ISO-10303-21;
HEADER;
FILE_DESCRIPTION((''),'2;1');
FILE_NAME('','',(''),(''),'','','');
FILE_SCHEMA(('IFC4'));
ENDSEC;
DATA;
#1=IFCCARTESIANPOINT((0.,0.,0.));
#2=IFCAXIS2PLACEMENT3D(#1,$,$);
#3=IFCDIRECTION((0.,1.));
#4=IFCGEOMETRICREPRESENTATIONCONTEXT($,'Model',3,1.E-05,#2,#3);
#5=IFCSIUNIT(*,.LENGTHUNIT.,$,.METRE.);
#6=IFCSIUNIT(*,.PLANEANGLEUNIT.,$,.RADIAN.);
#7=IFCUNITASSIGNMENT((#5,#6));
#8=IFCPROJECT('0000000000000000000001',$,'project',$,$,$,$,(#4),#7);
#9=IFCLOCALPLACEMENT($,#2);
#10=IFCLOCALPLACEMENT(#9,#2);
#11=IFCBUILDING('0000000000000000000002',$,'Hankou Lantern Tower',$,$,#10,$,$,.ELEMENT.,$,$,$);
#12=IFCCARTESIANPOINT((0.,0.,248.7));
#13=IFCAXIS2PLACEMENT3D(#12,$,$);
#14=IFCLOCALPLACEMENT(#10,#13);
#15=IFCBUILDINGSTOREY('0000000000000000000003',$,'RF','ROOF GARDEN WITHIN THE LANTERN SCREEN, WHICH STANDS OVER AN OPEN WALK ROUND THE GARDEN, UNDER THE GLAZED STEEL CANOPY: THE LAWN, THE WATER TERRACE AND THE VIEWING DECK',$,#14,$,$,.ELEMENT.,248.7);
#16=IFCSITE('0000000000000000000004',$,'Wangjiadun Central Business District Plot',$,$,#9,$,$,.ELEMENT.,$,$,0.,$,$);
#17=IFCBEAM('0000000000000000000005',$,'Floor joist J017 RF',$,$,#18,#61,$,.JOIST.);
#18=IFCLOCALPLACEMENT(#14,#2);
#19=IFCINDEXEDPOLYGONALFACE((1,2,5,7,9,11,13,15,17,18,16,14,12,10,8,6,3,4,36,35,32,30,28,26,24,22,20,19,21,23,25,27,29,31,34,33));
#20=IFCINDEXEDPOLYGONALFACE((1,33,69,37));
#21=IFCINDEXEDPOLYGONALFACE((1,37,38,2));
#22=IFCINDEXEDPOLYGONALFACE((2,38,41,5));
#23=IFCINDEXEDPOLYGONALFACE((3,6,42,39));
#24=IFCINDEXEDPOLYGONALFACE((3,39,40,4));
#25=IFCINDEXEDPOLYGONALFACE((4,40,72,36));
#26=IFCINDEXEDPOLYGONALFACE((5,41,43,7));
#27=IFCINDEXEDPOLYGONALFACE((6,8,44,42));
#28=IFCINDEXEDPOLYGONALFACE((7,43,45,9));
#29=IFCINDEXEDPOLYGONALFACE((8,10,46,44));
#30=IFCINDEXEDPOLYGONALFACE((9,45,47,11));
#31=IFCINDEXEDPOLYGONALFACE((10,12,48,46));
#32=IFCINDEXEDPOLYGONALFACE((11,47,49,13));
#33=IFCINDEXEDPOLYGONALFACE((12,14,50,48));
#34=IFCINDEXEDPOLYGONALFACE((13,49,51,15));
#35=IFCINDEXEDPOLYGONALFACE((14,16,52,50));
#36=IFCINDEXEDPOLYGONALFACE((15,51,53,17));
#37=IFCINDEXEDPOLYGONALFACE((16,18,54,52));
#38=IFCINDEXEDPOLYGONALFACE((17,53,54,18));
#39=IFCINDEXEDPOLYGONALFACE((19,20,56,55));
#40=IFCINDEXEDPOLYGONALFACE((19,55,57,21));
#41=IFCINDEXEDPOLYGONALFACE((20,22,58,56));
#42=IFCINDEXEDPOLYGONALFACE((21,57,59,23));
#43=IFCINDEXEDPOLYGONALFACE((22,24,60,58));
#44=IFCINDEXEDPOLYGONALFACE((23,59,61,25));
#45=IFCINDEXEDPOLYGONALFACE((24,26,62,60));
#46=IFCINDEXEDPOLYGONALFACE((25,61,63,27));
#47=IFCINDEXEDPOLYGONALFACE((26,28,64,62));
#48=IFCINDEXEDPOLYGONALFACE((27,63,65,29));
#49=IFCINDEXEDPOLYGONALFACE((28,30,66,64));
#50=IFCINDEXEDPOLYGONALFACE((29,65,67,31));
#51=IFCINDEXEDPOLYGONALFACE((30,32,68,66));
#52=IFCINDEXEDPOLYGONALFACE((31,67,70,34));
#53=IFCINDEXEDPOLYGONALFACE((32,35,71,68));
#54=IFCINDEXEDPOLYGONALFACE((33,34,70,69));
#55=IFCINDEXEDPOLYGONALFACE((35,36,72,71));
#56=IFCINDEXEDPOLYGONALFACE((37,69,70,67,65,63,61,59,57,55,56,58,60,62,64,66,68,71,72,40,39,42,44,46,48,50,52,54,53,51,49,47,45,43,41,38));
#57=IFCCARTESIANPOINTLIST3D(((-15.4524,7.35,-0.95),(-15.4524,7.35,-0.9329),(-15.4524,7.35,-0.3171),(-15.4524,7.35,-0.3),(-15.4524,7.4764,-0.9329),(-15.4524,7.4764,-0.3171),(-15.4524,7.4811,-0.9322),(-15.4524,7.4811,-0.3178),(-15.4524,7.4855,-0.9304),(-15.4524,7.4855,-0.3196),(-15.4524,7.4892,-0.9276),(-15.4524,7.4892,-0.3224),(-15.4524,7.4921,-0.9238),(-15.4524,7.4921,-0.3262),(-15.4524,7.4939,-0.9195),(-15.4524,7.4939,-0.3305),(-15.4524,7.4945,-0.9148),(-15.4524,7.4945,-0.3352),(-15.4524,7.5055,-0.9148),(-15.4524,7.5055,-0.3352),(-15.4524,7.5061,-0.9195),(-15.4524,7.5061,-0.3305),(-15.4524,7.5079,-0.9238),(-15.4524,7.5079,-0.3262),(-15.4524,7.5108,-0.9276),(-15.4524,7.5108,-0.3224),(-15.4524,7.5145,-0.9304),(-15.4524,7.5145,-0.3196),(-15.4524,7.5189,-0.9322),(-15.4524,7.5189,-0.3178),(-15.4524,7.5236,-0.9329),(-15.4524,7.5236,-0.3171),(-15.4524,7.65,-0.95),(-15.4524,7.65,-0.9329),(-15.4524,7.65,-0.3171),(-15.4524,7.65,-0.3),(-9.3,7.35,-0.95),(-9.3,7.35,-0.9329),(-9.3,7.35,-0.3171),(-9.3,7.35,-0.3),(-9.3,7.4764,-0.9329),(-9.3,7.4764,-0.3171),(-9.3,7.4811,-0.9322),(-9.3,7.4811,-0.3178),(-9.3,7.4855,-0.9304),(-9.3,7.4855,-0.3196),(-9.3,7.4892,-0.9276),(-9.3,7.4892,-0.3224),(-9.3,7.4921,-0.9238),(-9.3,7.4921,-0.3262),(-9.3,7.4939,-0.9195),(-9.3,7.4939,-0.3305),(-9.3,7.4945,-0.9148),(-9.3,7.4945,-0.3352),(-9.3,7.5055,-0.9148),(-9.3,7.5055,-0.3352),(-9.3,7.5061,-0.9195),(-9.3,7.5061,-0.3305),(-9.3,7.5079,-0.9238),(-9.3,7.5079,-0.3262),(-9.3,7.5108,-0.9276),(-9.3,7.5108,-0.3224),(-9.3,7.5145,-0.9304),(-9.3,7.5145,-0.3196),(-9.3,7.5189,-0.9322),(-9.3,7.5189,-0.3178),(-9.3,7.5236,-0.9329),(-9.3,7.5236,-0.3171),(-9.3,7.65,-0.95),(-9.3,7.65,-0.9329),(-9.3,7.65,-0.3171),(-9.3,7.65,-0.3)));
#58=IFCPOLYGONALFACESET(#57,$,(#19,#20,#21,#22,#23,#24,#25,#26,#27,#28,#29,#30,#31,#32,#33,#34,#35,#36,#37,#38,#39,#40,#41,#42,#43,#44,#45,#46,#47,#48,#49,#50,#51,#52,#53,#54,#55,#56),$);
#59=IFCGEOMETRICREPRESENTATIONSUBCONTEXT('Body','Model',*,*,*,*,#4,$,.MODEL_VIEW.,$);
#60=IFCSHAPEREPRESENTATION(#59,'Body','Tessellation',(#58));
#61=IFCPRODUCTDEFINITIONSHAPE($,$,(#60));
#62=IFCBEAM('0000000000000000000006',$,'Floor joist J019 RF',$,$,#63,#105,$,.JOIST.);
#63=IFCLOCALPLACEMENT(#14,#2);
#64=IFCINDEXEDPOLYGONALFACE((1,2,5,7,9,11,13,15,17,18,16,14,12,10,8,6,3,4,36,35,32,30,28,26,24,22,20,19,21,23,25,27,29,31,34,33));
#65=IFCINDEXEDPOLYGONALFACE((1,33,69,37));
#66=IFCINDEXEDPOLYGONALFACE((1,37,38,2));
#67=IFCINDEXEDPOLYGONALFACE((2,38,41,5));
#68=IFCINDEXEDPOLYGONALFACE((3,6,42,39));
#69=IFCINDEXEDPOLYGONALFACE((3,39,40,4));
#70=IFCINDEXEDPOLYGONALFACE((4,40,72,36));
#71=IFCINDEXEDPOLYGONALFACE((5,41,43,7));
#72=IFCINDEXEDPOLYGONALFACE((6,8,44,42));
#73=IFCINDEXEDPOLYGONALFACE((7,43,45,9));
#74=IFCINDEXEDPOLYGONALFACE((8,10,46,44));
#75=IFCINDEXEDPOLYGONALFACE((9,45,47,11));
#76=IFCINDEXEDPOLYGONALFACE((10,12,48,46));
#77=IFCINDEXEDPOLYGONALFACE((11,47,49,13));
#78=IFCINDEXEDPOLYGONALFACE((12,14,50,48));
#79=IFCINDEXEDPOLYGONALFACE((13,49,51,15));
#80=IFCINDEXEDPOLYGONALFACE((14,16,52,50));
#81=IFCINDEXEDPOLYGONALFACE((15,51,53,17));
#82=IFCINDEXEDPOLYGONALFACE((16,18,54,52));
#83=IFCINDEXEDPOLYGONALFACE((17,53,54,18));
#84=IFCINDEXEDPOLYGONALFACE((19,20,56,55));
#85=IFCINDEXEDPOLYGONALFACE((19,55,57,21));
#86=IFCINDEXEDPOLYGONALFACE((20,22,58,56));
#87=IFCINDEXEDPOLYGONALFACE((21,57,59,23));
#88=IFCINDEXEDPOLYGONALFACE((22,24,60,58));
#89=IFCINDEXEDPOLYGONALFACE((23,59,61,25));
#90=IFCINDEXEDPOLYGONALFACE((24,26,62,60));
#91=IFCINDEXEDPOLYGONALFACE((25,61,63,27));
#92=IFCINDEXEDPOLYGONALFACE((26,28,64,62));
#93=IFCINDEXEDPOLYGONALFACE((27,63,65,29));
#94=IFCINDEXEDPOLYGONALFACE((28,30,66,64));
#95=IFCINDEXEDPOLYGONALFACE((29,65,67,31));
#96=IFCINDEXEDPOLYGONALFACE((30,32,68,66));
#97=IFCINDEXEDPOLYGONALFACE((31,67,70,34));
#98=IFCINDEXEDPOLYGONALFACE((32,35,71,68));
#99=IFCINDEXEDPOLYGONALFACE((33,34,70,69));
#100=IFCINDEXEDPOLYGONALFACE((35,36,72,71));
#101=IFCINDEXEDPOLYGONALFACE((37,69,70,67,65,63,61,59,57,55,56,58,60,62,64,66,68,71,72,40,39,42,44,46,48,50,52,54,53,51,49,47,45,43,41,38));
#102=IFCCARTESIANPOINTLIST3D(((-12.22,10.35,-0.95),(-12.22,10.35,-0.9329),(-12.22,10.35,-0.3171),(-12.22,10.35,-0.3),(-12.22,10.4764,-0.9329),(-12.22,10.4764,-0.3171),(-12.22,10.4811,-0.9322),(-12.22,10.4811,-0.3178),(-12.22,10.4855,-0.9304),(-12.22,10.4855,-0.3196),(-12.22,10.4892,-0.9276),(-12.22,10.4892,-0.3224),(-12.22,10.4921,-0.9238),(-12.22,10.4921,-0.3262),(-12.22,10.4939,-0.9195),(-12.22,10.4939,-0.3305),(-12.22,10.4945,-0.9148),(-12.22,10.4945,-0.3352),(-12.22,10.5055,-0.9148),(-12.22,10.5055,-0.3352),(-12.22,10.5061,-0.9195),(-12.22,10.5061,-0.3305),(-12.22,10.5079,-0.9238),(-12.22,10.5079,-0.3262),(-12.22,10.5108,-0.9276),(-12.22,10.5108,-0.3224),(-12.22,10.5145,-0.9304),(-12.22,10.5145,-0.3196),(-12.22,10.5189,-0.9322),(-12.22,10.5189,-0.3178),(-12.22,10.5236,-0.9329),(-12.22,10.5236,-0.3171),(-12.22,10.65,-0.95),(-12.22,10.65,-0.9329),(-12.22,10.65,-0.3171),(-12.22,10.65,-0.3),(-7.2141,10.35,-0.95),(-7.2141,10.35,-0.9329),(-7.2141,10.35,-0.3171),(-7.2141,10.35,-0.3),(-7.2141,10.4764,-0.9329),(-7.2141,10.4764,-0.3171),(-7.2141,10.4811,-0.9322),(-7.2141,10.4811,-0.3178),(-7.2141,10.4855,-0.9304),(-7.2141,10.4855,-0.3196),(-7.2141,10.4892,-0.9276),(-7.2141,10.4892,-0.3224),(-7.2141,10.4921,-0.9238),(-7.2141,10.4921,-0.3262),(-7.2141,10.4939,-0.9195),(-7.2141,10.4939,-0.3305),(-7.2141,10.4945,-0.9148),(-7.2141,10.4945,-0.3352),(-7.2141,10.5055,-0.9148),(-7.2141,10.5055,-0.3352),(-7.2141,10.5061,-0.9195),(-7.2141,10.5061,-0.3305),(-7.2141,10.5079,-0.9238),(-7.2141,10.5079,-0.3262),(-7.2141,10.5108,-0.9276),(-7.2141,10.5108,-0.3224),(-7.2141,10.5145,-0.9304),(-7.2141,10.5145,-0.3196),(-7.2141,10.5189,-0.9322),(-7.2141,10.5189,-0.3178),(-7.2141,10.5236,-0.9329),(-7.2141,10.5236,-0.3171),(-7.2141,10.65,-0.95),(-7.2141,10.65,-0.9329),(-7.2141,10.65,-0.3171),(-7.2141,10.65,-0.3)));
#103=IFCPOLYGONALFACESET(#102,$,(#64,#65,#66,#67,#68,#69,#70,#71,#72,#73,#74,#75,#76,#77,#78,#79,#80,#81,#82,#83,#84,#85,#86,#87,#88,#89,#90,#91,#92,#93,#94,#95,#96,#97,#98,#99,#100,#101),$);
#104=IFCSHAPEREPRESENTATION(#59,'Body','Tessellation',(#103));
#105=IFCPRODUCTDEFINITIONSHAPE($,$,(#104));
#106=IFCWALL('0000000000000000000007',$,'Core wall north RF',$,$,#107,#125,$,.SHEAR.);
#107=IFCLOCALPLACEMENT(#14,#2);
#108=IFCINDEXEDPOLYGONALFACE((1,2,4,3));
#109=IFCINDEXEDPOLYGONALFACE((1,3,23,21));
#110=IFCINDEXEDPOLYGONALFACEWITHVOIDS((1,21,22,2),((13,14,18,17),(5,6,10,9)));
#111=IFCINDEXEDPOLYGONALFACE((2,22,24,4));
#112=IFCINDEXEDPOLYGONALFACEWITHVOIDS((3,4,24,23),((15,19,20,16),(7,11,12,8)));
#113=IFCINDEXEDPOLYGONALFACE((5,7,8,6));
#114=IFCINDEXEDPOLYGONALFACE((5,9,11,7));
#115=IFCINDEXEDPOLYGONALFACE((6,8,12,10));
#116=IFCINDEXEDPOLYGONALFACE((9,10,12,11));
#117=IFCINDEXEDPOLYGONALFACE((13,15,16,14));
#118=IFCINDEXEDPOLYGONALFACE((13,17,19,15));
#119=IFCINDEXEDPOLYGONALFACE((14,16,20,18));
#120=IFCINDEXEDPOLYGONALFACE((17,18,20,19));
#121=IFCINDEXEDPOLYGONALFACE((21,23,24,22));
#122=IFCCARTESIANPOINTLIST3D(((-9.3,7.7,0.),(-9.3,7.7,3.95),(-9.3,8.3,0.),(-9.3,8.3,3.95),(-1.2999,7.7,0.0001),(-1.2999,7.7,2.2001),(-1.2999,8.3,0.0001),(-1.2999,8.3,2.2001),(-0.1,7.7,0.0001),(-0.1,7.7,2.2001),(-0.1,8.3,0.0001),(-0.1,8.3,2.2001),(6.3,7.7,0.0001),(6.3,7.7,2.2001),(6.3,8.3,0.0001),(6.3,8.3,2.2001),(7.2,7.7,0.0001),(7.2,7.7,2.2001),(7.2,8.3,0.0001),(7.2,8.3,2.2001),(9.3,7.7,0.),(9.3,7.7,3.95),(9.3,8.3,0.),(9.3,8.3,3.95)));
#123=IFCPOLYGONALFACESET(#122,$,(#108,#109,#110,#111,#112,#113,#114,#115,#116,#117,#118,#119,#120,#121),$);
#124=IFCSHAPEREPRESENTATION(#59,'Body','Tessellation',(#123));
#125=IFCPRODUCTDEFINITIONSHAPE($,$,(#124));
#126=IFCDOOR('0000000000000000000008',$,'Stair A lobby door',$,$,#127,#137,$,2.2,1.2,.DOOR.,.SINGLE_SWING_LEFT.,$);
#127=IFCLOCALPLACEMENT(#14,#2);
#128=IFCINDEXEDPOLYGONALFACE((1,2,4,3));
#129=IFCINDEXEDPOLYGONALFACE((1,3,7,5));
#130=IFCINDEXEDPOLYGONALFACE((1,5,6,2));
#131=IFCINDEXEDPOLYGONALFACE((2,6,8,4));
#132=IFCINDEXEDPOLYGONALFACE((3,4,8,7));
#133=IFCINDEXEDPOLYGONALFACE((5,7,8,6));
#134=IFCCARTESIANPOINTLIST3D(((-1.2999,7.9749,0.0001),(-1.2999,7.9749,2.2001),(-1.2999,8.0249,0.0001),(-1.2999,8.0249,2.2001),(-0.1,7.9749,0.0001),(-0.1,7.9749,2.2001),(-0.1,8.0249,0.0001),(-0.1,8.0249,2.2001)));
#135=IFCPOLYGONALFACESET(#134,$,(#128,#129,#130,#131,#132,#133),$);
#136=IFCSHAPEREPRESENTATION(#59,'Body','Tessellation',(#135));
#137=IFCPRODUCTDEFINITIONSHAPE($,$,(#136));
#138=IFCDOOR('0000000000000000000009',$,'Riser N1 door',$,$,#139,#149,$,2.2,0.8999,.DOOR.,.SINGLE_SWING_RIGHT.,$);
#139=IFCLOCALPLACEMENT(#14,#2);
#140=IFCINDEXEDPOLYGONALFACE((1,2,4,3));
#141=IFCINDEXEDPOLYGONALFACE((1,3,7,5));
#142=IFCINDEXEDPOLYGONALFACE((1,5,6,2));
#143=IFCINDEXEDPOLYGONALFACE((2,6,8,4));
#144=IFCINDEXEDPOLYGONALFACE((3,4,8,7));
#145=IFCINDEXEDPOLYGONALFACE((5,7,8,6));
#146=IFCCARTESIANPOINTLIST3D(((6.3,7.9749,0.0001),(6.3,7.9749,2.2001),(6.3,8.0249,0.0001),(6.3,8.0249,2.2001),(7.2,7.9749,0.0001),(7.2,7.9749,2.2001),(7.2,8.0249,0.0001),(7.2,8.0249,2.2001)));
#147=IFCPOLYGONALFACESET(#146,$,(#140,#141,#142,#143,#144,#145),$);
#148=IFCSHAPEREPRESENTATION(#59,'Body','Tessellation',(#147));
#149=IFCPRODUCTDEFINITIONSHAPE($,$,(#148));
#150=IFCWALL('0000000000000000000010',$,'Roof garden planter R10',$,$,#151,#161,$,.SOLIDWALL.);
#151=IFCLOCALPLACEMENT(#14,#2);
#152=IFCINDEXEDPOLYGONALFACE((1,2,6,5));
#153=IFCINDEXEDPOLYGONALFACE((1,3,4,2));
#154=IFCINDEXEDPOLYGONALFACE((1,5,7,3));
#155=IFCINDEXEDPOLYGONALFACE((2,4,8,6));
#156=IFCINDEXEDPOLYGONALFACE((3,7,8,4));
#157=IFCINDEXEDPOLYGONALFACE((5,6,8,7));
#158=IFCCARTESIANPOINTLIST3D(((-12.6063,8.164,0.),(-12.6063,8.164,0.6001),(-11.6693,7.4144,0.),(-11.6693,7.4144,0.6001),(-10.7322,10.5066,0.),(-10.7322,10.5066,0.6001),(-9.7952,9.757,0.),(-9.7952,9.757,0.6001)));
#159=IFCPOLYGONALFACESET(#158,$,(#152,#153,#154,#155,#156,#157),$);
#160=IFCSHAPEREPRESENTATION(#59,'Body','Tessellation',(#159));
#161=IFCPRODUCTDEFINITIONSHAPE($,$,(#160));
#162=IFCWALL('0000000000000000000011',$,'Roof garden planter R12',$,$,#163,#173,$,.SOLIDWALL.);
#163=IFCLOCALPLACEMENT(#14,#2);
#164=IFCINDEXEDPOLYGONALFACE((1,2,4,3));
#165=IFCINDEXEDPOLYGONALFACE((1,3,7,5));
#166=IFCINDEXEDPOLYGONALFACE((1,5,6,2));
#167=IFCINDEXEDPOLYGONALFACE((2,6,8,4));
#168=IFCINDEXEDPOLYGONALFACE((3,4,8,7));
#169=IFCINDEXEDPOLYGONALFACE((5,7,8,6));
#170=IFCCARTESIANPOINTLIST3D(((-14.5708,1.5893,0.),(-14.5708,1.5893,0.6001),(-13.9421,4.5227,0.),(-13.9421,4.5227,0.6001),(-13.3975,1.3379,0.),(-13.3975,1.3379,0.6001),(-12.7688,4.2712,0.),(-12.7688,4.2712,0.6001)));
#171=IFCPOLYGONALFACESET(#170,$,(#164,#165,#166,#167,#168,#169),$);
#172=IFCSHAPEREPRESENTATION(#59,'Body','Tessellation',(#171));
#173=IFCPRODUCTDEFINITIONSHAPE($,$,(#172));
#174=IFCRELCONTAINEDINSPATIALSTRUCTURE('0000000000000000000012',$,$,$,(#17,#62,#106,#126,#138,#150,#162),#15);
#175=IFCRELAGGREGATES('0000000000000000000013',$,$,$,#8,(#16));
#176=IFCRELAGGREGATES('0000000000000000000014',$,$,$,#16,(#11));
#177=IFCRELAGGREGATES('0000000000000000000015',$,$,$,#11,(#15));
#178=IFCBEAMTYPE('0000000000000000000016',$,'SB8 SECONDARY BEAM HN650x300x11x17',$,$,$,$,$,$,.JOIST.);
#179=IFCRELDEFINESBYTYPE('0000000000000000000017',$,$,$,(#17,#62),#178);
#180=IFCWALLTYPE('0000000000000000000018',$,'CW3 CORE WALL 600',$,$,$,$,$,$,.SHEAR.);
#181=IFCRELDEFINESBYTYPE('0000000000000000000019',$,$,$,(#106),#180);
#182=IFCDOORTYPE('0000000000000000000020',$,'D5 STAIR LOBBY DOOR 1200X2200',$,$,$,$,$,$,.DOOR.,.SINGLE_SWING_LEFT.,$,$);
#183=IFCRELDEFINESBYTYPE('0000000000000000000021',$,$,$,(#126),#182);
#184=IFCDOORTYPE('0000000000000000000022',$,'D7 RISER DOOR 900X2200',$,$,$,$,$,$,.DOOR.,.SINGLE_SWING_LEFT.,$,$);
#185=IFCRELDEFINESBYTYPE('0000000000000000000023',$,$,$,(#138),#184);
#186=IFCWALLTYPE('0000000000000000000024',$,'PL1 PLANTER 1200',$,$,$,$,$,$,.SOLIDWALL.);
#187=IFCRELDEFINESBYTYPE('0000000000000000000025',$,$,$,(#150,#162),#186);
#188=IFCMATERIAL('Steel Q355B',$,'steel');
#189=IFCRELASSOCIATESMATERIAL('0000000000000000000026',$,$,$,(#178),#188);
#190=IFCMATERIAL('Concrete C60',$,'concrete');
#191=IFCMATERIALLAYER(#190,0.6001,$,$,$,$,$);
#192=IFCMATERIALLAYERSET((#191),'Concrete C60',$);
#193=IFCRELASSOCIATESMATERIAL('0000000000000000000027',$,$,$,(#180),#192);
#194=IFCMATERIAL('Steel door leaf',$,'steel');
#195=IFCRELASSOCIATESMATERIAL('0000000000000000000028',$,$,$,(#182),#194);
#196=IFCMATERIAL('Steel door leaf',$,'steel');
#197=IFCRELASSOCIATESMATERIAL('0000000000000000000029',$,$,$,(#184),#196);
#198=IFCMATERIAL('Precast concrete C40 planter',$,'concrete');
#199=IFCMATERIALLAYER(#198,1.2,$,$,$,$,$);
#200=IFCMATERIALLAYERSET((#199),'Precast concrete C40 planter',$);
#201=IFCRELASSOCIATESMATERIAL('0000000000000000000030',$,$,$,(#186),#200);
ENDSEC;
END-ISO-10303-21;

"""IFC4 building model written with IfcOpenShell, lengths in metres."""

from ifc_helpers import new_model, si_unit, direction, frame, frame_2d, origin, origin_2d, place, context, subcontext, project, spatial, rectangle, i_section, extrude, material, layer, layer_set, material_profile, profile_set, type_object, element, fill, save


model = new_model("IFC4")

# Units and contexts
model_context = context("Model", 3, precision=1e-05, world=origin(), true_north=direction((0.0, 1.0)))
body_context = subcontext(model_context, "Body", "Model", "MODEL_VIEW")
ifc_project = project(units=[si_unit("LENGTHUNIT", "METRE"), si_unit("PLANEANGLEUNIT", "RADIAN")], contexts=[model_context])

# Site, building, storey
site_placement = place(None, origin())
site = spatial("IfcSite", under=ifc_project, at=site_placement, Name="Wangjiadun Central Business District Plot", CompositionType="ELEMENT", RefElevation=0.0)
building_placement = place(site_placement, origin())
building = spatial("IfcBuilding", under=site, at=building_placement, Name="Hankou Lantern Tower", CompositionType="ELEMENT")
storey_placement = place(building_placement, frame((0.0, 0.0, 248.7)))
storey = spatial("IfcBuildingStorey", under=building, at=storey_placement, Name="RF", Description="ROOF GARDEN WITHIN THE LANTERN SCREEN, WHICH STANDS OVER AN OPEN WALK ROUND THE GARDEN, UNDER THE GLAZED STEEL CANOPY: THE LAWN, THE WATER TERRACE AND THE VIEWING DECK", CompositionType="ELEMENT", Elevation=248.7)

# Beams
ifc_material_1 = material(Name="Steel Q355B", Category="steel")
ifc_material_profile_1 = material_profile(ifc_material_1, i_section(OverallWidth=0.3, OverallDepth=0.6499, WebThickness=0.011, FlangeThickness=0.0171, FilletRadius=0.0181, at=origin_2d()), Name="HN650x300x11x17")
ifc_profile_set_1 = profile_set([ifc_material_profile_1], Name="Steel Q355B")
beam_type_1 = type_object("IfcBeamType", Name="SB8 SECONDARY BEAM HN650x300x11x17", PredefinedType="JOIST", material=ifc_profile_set_1)
beam_1_placement = place(storey_placement, frame((-15.4524, 7.5, -0.625), z_axis=(1.0, 0.0, 0.0), x_axis=(0.0, 1.0, 0.0)))
element("IfcBeam", 1, at=beam_1_placement, inside=storey, type_object=beam_type_1, Name="Floor joist J017 RF", PredefinedType="JOIST", context=body_context, shape_type="SweptSolid", body=[
    extrude(i_section(OverallWidth=0.3, OverallDepth=0.6499, WebThickness=0.011, FlangeThickness=0.0171, FilletRadius=0.0181, at=origin_2d()), origin(), (0.0, 0.0, 1.0), 6.1523),
])
beam_2_placement = place(storey_placement, frame((-12.22, 10.5, -0.625), z_axis=(1.0, 0.0, 0.0), x_axis=(0.0, 1.0, 0.0)))
element("IfcBeam", 2, at=beam_2_placement, inside=storey, type_object=beam_type_1, Name="Floor joist J019 RF", PredefinedType="JOIST", context=body_context, shape_type="SweptSolid", body=[
    extrude(i_section(OverallWidth=0.3, OverallDepth=0.6499, WebThickness=0.011, FlangeThickness=0.0171, FilletRadius=0.0181, at=origin_2d()), origin(), (0.0, 0.0, 1.0), 5.0059),
])

# Wall, openings, doors
ifc_material_2 = material(Name="Concrete C60", Category="concrete")
ifc_layer_1 = layer(ifc_material_2, 0.6001)
ifc_layer_set_1 = layer_set([ifc_layer_1], Name="Concrete C60")
wall_type_1 = type_object("IfcWallType", Name="CW3 CORE WALL 600", PredefinedType="SHEAR", material=ifc_layer_set_1)
wall_placement = place(storey_placement, frame((-9.3, 8.0, 0.0), z_axis=(0.0, 0.0, 1.0), x_axis=(1.0, 0.0, 0.0)))
wall = element("IfcWall", 3, at=wall_placement, inside=storey, type_object=wall_type_1, Name="Core wall north RF", PredefinedType="SHEAR", context=body_context, shape_type="SweptSolid", body=[
    extrude(rectangle(XDim=18.6001, YDim=0.6001, at=frame_2d((9.3, 0.0))), origin(), (0.0, 0.0, 1.0), 3.95),
])
opening_1_placement = place(wall_placement, frame((8.0, 0.0, 0.0)))
opening_1 = element("IfcOpeningElement", 4, at=opening_1_placement, cuts=wall, PredefinedType="OPENING", context=body_context, shape_type="SweptSolid", body=[
    extrude(rectangle(XDim=1.2, YDim=2.2, at=frame_2d((0.6001, 1.1001))), frame((0.0, 0.3101, 0.0), z_axis=(0.0, -1.0, 0.0), x_axis=(1.0, 0.0, 0.0)), (0.0, 0.0, 1.0), 0.6201),
])
opening_2_placement = place(wall_placement, frame((15.6001, 0.0, 0.0)))
opening_2 = element("IfcOpeningElement", 5, at=opening_2_placement, cuts=wall, PredefinedType="OPENING", context=body_context, shape_type="SweptSolid", body=[
    extrude(rectangle(XDim=0.8999, YDim=2.2, at=frame_2d((0.45, 1.1001))), frame((0.0, 0.3101, 0.0), z_axis=(0.0, -1.0, 0.0), x_axis=(1.0, 0.0, 0.0)), (0.0, 0.0, 1.0), 0.6201),
])
ifc_material_3 = material(Name="Steel door leaf", Category="steel")
door_type_1 = type_object("IfcDoorType", Name="D5 STAIR LOBBY DOOR 1200X2200", OperationType="SINGLE_SWING_LEFT", PredefinedType="DOOR", material=ifc_material_3)
door_1_placement = place(opening_1_placement, origin())
door_1 = element("IfcDoor", 6, at=door_1_placement, inside=storey, type_object=door_type_1, Name="Stair A lobby door", OperationType="SINGLE_SWING_LEFT", OverallHeight=2.2, OverallWidth=1.2, PredefinedType="DOOR", context=body_context, shape_type="SweptSolid", body=[
    extrude(rectangle(XDim=1.2, YDim=2.2, at=frame_2d((0.6001, 1.1001))), frame((0.0, 0.0249, 0.0), z_axis=(0.0, -1.0, 0.0), x_axis=(1.0, 0.0, 0.0)), (0.0, 0.0, 1.0), 0.05),
])
fill(opening_1, door_1)
ifc_material_4 = material(Name="Steel door leaf", Category="steel")
door_type_2 = type_object("IfcDoorType", Name="D7 RISER DOOR 900X2200", OperationType="SINGLE_SWING_LEFT", PredefinedType="DOOR", material=ifc_material_4)
door_2_placement = place(opening_2_placement, origin())
door_2 = element("IfcDoor", 7, at=door_2_placement, inside=storey, type_object=door_type_2, Name="Riser N1 door", OperationType="SINGLE_SWING_RIGHT", OverallHeight=2.2, OverallWidth=0.8999, PredefinedType="DOOR", context=body_context, shape_type="SweptSolid", body=[
    extrude(rectangle(XDim=0.8999, YDim=2.2, at=frame_2d((0.45, 1.1001))), frame((0.0, 0.0249, 0.0), z_axis=(0.0, -1.0, 0.0), x_axis=(1.0, 0.0, 0.0)), (0.0, 0.0, 1.0), 0.05),
])
fill(opening_2, door_2)

# Walls
ifc_material_5 = material(Name="Precast concrete C40 planter", Category="concrete")
ifc_layer_2 = layer(ifc_material_5, 1.2)
ifc_layer_set_2 = layer_set([ifc_layer_2], Name="Precast concrete C40 planter")
wall_type_2 = type_object("IfcWallType", Name="PL1 PLANTER 1200", PredefinedType="SOLIDWALL", material=ifc_layer_set_2)
for number, where, z_axis, x_axis, name in (
    (8, (-10.2637, 10.1318, 0.0), (0.0, 0.0, 1.0), (-0.624695, -0.780869, 0.0), "Roof garden planter R10"),
    (9, (-13.3555, 4.397, 0.0), (0.0, 0.0, 1.0), (-0.209557, -0.977796, 0.0), "Roof garden planter R12"),
):
    element("IfcWall", number, at=place(storey_placement, frame(where, z_axis=z_axis, x_axis=x_axis)), inside=storey, type_object=wall_type_2, Name=name, PredefinedType="SOLIDWALL", context=body_context, shape_type="SweptSolid", body=[
        extrude(rectangle(XDim=3.0, YDim=1.2, at=frame_2d((1.5, 0.0))), origin(), (0.0, 0.0, 1.0), 0.6001),
    ])

save(model, "model.ifc")
